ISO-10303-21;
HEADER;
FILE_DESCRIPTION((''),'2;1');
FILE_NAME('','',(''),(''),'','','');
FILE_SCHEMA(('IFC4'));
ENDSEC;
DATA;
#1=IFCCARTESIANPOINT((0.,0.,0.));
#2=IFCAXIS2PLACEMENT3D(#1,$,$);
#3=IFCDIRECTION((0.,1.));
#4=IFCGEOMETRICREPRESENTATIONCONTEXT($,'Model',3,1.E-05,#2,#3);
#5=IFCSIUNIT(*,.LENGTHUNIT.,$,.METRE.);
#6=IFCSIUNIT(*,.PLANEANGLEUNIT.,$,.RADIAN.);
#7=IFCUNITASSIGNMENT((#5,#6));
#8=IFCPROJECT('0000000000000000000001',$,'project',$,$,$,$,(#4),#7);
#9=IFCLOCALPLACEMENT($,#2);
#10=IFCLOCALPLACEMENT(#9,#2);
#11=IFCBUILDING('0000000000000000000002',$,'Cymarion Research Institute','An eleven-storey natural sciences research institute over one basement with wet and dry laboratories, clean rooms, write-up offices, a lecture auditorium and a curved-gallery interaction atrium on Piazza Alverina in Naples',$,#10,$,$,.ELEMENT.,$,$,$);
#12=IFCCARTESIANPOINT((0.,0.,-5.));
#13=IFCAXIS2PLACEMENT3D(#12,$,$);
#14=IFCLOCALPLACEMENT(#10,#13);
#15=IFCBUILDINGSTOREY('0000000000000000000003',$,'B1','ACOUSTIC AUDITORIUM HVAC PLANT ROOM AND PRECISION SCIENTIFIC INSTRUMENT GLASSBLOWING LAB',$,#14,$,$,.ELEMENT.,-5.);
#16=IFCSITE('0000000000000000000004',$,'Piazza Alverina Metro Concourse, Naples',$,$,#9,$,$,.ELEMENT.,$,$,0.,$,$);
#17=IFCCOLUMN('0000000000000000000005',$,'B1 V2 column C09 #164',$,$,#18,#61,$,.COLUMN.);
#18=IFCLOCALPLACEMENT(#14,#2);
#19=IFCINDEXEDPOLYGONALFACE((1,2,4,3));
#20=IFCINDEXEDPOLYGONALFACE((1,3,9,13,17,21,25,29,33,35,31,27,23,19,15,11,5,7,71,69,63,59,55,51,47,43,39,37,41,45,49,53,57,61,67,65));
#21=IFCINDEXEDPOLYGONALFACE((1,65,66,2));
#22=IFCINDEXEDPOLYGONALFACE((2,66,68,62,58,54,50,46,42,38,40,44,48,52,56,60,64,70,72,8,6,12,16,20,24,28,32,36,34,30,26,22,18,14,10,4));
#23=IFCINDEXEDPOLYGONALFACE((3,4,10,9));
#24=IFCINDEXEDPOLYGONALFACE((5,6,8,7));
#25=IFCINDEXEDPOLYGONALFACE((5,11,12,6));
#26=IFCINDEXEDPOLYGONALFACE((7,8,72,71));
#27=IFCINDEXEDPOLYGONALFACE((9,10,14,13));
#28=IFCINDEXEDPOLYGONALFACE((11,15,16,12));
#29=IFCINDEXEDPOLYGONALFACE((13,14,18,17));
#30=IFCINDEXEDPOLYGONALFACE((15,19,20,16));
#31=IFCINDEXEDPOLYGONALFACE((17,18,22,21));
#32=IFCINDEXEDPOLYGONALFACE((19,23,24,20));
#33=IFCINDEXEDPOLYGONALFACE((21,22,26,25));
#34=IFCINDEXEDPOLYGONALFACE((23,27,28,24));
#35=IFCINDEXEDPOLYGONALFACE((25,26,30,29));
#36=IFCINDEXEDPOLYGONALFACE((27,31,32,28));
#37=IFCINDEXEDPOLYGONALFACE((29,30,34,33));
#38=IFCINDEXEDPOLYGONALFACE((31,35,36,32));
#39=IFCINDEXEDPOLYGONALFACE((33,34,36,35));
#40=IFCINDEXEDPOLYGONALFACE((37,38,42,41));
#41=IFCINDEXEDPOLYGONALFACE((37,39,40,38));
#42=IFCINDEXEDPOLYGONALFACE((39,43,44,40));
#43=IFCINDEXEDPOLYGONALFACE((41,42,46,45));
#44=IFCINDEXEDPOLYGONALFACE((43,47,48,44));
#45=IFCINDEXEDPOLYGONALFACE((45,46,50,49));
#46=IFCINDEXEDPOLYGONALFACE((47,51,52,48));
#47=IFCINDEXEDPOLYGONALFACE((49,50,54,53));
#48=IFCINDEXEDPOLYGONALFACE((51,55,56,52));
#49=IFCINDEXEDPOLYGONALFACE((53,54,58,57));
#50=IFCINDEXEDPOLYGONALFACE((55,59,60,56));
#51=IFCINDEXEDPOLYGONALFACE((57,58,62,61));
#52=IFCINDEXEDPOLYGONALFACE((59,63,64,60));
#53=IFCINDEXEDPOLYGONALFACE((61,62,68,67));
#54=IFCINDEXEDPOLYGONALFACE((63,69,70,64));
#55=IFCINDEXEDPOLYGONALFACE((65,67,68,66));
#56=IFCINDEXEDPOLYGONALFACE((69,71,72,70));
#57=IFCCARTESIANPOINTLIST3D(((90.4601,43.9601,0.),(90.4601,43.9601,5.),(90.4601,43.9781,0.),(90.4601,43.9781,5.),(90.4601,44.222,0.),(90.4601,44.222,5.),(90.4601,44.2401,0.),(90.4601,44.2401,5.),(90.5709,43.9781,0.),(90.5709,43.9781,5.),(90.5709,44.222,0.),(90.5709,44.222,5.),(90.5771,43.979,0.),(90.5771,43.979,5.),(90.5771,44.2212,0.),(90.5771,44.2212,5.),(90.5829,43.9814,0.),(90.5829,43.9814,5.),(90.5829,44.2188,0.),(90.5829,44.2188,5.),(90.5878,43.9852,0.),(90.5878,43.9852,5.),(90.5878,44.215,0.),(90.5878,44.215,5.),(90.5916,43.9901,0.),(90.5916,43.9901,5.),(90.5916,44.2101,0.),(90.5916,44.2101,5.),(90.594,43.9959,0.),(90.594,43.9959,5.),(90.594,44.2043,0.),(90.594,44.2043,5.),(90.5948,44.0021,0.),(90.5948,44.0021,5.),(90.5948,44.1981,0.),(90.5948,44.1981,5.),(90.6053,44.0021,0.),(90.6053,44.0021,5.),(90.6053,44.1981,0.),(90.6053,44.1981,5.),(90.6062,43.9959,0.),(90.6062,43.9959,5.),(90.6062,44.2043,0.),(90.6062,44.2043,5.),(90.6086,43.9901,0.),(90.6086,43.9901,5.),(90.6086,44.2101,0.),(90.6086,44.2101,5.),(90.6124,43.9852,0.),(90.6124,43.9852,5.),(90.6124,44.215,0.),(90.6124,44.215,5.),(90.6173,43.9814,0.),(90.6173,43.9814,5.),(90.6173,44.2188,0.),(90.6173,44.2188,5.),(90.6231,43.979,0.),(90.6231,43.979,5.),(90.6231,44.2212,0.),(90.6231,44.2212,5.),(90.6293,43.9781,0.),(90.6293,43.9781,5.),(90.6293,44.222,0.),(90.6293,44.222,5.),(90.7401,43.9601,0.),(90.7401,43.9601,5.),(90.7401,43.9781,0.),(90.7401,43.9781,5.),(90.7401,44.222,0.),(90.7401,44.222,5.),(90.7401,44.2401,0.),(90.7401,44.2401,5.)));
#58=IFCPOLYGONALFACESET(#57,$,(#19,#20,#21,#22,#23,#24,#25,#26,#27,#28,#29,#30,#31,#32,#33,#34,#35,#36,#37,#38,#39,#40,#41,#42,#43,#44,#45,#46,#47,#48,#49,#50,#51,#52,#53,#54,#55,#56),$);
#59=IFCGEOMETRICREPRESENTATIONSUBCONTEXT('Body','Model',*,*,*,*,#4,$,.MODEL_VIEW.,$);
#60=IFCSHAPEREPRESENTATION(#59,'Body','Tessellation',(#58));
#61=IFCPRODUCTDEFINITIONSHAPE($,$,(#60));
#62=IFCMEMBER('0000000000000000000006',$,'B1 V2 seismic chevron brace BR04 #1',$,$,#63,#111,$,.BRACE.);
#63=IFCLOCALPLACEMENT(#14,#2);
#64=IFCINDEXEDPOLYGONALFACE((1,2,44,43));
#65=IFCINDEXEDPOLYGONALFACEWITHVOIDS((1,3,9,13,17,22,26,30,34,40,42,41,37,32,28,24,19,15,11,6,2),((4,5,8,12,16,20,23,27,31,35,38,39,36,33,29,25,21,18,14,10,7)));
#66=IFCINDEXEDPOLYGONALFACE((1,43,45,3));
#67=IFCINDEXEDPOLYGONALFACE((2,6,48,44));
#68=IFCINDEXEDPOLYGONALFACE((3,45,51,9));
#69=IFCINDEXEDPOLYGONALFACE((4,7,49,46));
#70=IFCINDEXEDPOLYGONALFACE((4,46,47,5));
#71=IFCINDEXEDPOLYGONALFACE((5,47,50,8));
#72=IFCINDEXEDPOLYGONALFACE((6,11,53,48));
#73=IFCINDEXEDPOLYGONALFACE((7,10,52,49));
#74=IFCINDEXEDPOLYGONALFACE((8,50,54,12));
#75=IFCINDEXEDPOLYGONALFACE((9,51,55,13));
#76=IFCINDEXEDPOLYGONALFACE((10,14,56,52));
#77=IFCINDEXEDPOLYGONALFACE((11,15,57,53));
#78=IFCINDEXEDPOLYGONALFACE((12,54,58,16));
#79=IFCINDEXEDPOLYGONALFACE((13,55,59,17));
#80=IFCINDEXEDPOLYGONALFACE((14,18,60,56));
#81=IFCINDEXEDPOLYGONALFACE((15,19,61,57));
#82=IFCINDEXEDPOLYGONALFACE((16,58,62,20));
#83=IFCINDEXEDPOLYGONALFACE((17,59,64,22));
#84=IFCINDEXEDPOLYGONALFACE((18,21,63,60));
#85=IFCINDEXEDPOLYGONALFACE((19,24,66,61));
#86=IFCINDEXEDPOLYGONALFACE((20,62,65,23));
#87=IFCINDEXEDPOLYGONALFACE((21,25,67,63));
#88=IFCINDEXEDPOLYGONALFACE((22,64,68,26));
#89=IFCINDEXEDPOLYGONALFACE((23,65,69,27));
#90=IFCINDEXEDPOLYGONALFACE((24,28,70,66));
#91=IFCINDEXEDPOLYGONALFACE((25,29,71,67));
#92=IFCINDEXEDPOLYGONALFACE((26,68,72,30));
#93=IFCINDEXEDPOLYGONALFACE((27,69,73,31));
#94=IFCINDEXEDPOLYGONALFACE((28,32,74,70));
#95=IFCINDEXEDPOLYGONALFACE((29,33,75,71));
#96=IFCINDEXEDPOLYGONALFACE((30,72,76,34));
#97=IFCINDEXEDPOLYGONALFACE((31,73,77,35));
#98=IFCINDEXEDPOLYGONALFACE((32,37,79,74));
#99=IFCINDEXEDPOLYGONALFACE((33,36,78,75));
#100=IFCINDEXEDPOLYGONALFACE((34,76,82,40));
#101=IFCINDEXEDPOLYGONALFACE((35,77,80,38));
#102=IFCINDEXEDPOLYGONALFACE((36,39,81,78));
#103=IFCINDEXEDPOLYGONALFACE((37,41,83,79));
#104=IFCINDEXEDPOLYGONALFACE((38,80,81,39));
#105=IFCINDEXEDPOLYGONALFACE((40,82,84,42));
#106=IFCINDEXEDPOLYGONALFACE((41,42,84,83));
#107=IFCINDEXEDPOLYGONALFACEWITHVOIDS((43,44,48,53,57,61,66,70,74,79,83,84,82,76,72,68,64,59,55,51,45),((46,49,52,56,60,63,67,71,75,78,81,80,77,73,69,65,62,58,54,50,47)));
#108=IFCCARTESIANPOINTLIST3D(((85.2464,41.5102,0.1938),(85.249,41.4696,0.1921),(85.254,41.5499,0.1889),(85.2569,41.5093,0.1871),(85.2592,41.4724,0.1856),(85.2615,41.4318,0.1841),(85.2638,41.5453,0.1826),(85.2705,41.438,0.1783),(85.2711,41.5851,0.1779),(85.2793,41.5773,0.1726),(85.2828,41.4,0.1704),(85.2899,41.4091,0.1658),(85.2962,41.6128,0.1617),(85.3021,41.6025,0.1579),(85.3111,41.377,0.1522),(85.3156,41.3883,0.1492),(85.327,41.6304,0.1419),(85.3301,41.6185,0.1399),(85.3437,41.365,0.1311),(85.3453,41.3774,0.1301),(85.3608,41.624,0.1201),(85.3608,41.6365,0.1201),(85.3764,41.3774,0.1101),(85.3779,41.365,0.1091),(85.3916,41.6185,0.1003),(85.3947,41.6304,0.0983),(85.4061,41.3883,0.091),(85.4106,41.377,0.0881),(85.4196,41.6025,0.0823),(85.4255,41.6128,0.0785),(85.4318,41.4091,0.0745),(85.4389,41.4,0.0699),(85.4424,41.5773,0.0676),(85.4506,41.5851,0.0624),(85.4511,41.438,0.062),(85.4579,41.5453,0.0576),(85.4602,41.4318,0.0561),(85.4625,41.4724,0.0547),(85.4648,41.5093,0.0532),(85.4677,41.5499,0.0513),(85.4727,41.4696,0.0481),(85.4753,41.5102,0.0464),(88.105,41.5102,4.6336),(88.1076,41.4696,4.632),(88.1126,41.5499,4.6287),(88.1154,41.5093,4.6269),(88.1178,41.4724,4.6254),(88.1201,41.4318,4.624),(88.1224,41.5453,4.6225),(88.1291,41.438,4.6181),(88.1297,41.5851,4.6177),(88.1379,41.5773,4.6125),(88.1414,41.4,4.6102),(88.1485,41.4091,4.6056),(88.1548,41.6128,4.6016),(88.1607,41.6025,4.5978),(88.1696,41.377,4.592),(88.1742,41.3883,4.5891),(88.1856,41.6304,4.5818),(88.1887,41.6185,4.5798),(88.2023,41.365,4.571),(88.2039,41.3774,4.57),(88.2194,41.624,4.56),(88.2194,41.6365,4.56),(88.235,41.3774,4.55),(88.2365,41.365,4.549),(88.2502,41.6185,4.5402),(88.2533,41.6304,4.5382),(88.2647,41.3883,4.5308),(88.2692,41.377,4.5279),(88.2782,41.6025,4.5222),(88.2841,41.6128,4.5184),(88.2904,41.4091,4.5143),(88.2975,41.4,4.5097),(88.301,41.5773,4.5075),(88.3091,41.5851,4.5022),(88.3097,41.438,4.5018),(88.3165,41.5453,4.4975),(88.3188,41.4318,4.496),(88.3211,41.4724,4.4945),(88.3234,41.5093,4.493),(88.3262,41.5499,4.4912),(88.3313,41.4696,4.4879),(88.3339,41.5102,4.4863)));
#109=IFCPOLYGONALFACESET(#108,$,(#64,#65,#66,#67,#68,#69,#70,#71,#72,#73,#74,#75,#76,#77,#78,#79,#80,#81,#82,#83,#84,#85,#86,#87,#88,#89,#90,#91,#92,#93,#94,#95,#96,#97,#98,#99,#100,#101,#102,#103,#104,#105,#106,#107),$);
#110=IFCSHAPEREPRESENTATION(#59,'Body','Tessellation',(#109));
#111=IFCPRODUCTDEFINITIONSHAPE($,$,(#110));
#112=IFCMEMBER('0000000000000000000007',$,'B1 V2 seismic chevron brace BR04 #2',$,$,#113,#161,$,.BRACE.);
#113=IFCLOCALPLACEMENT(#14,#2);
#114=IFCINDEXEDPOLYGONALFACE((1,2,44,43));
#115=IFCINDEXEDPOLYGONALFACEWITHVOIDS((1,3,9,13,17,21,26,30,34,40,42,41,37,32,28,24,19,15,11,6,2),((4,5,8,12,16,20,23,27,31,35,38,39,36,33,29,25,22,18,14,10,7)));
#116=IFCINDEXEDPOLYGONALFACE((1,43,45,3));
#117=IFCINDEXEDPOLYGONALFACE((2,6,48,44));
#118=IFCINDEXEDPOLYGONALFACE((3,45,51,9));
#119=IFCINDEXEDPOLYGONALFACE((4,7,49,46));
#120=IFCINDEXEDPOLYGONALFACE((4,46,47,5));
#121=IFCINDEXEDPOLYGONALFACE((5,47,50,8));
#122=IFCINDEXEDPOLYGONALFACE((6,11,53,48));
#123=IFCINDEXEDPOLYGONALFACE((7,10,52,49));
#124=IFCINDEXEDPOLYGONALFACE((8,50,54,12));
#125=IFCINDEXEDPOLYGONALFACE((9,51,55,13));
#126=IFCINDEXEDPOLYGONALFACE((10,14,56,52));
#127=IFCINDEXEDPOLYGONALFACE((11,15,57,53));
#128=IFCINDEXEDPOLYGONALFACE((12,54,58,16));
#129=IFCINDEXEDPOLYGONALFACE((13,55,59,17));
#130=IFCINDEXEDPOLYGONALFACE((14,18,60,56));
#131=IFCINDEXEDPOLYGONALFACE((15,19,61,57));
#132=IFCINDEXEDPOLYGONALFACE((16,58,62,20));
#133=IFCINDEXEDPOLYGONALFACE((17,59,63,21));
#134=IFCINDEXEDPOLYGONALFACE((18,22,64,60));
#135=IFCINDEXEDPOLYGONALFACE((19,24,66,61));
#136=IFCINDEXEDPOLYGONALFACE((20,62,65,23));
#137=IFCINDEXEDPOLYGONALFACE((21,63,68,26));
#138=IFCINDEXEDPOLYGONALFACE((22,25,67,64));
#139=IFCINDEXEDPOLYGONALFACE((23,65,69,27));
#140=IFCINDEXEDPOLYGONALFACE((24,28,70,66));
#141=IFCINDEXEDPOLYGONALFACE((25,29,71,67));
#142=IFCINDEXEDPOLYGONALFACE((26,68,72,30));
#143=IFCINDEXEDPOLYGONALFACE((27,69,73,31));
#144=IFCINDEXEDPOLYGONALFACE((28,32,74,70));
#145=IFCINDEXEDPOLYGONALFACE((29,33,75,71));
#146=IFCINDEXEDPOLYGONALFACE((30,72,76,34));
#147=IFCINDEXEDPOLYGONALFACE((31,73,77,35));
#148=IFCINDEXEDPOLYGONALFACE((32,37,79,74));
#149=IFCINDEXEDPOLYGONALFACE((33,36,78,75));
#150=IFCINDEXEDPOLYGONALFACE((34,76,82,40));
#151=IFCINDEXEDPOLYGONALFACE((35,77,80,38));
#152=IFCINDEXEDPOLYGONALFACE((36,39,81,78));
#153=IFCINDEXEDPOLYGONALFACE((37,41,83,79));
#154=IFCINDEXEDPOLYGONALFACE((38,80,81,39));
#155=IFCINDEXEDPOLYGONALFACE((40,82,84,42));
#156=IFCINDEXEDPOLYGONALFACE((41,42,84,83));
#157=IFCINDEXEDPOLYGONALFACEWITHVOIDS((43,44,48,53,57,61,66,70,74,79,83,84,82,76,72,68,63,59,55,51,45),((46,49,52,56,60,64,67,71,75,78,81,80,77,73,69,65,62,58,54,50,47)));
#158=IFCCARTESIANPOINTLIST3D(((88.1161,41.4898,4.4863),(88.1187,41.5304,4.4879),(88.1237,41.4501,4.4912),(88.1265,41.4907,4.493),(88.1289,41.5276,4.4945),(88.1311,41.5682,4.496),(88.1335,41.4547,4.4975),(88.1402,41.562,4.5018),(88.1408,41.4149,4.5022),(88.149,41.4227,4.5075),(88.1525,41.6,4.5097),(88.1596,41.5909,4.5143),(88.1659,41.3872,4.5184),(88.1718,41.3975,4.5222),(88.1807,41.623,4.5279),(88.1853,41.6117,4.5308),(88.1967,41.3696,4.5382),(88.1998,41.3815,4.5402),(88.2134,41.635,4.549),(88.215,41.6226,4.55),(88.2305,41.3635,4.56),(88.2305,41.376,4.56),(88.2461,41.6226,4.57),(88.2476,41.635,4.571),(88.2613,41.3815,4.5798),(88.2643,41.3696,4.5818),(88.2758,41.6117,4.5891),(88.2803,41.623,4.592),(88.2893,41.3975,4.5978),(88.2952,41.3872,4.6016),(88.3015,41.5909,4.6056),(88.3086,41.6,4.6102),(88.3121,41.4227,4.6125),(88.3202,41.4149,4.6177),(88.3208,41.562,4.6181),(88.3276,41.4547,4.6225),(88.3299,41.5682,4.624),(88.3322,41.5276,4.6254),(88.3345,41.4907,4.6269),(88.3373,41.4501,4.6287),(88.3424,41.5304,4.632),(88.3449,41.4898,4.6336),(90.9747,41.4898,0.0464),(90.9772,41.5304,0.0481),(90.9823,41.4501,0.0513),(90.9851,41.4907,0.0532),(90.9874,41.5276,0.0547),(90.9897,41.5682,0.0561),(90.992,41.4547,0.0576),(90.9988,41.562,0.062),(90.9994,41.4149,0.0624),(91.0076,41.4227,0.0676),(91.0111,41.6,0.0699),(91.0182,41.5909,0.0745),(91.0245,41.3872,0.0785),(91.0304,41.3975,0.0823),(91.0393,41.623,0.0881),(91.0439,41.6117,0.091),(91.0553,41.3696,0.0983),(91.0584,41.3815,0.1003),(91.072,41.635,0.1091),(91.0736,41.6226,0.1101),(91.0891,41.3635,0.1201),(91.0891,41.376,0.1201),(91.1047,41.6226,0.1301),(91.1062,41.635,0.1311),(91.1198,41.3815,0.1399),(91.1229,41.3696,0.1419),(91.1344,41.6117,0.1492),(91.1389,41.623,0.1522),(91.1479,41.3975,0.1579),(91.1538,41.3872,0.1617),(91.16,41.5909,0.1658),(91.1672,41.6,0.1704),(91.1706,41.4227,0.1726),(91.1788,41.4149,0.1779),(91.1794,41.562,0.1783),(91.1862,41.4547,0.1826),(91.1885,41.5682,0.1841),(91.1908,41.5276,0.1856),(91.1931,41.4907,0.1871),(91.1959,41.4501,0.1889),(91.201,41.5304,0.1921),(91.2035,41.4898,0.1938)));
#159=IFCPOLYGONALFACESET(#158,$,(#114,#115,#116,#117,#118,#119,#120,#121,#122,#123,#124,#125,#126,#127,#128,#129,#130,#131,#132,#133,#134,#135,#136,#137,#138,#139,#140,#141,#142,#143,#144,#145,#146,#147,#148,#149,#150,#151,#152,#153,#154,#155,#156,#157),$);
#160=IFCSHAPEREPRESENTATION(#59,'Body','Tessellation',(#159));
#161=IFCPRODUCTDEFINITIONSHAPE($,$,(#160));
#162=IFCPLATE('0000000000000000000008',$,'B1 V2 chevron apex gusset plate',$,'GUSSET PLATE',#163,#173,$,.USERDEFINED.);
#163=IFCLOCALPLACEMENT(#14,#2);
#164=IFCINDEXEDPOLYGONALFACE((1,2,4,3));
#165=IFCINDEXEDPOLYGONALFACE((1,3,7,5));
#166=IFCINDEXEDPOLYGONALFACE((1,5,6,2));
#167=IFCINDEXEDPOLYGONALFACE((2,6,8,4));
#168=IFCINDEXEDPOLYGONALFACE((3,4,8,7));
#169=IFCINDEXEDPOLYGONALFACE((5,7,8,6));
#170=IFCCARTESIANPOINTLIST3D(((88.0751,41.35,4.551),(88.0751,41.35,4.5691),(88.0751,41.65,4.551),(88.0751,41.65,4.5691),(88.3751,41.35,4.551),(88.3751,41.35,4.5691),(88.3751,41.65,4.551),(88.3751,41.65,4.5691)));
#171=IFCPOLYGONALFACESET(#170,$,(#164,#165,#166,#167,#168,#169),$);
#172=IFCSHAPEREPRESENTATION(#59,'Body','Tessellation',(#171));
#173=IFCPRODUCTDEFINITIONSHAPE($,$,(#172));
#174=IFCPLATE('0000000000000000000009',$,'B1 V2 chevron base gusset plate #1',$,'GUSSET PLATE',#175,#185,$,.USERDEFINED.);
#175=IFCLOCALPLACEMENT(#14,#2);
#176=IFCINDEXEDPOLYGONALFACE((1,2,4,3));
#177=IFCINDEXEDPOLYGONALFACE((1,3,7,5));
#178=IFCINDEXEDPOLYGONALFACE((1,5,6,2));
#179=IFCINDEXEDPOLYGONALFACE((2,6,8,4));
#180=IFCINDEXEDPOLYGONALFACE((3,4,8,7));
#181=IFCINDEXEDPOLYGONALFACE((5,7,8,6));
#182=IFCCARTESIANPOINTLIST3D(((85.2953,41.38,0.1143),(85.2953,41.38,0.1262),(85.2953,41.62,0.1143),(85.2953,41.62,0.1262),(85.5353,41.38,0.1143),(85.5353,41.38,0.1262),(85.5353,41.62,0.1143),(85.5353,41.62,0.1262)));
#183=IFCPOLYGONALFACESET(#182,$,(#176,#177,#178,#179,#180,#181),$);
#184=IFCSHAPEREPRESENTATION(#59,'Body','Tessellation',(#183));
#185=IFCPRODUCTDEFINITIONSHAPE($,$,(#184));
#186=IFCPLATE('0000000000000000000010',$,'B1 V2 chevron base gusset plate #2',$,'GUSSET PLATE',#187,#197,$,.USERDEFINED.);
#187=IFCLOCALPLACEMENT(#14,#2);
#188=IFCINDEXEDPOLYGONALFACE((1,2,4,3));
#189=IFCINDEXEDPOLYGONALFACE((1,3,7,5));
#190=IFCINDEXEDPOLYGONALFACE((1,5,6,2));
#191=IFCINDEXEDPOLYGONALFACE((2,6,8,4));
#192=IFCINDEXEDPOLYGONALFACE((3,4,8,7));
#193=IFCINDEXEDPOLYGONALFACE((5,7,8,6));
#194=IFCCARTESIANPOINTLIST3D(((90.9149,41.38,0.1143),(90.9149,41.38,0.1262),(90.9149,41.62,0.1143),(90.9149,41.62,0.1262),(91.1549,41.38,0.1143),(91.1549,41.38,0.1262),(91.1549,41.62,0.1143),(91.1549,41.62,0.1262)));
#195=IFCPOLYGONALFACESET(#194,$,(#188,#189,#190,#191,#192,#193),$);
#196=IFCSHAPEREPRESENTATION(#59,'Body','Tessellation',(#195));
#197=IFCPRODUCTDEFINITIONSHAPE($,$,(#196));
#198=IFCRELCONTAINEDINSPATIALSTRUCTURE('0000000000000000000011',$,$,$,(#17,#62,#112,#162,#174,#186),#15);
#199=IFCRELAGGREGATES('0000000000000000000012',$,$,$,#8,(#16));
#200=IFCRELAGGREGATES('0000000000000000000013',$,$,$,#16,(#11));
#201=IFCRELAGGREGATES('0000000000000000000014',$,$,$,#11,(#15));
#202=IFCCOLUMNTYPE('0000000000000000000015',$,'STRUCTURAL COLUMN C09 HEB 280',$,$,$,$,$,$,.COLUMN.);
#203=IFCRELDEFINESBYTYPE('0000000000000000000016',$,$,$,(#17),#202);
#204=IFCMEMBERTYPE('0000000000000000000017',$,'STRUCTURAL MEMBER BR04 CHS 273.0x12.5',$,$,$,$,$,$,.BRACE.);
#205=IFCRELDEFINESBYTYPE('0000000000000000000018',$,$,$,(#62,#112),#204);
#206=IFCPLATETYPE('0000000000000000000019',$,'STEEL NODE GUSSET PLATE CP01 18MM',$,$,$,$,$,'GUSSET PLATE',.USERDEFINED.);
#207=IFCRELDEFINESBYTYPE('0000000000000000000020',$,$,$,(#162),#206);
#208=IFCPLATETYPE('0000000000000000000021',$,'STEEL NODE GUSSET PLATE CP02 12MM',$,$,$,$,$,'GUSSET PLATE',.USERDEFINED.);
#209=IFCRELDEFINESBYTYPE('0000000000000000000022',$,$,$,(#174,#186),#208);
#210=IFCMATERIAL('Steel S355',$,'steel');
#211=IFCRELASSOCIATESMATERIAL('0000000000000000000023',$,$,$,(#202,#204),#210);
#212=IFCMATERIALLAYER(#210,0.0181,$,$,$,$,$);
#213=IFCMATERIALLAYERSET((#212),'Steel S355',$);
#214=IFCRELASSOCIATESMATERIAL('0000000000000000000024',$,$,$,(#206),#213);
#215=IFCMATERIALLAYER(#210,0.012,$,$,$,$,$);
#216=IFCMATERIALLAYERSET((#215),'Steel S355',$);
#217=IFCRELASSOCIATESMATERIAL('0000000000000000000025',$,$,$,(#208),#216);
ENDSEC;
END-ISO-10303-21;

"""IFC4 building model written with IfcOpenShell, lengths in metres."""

from ifc_helpers import new_model, si_unit, direction, frame, origin, origin_2d, place, context, subcontext, project, spatial, rectangle, hollow_circle, i_section, extrude, material, layer, layer_set, material_profile, profile_set, type_object, element, save


model = new_model("IFC4")

# Units and contexts
model_context = context("Model", 3, precision=1e-05, world=origin(), true_north=direction((0.0, 1.0)))
body_context = subcontext(model_context, "Body", "Model", "MODEL_VIEW")
ifc_project = project(units=[si_unit("LENGTHUNIT", "METRE"), si_unit("PLANEANGLEUNIT", "RADIAN")], contexts=[model_context])

# Site, building, storey
site_placement = place(None, origin())
site = spatial("IfcSite", under=ifc_project, at=site_placement, Name="Piazza Alverina Metro Concourse, Naples", CompositionType="ELEMENT", RefElevation=0.0)
building_placement = place(site_placement, origin())
building = spatial("IfcBuilding", under=site, at=building_placement, Name="Cymarion Research Institute", Description="An eleven-storey natural sciences research institute over one basement with wet and dry laboratories, clean rooms, write-up offices, a lecture auditorium and a curved-gallery interaction atrium on Piazza Alverina in Naples", CompositionType="ELEMENT")
storey_placement = place(building_placement, frame((0.0, 0.0, -5.0)))
storey = spatial("IfcBuildingStorey", under=building, at=storey_placement, Name="B1", Description="ACOUSTIC AUDITORIUM HVAC PLANT ROOM AND PRECISION SCIENTIFIC INSTRUMENT GLASSBLOWING LAB", CompositionType="ELEMENT", Elevation=-5.0)

# Column
ifc_material_1 = material(Name="Steel S355", Category="steel")
ifc_material_profile_1 = material_profile(ifc_material_1, i_section(OverallWidth=0.28, OverallDepth=0.28, WebThickness=0.0105, FlangeThickness=0.0181, FilletRadius=0.0239, at=origin_2d()), Name="HEB 280")
ifc_profile_set_1 = profile_set([ifc_material_profile_1], Name="Steel S355")
column_type_1 = type_object("IfcColumnType", Name="STRUCTURAL COLUMN C09 HEB 280", PredefinedType="COLUMN", material=ifc_profile_set_1)
for number, where, z_axis, x_axis, name in (
    (1, (90.6001, 44.1001, 0.0), (0.0, 0.0, 1.0), (1.0, 0.0, 0.0), "B1 V2 column C09 #164"),
):
    element("IfcColumn", number, at=place(storey_placement, frame(where, z_axis=z_axis, x_axis=x_axis)), inside=storey, type_object=column_type_1, Name=name, PredefinedType="COLUMN", context=body_context, shape_type="SweptSolid", body=[
        extrude(i_section(OverallWidth=0.28, OverallDepth=0.28, WebThickness=0.0105, FlangeThickness=0.0181, FilletRadius=0.0239, at=origin_2d()), origin(), (0.0, 0.0, 1.0), 5.0),
    ])

# Members
ifc_material_profile_2 = material_profile(ifc_material_1, hollow_circle(Radius=0.1365, WallThickness=0.0125, at=origin_2d()), Name="CHS 273.0x12.5")
ifc_profile_set_2 = profile_set([ifc_material_profile_2], Name="Steel S355")
member_type = type_object("IfcMemberType", Name="STRUCTURAL MEMBER BR04 CHS 273.0x12.5", PredefinedType="BRACE", material=ifc_profile_set_2)
for number, where, z_axis, x_axis, name in (
    (2, (85.3608, 41.5, 0.1201), (0.541346, 0.0, 0.8408), (0.0, 1.0, 0.0), "B1 V2 seismic chevron brace BR04 #1"),
    (3, (91.0891, 41.5, 0.1201), (-0.541346, 0.0, 0.8408), (0.0, -1.0, 0.0), "B1 V2 seismic chevron brace BR04 #2"),
):
    element("IfcMember", number, at=place(storey_placement, frame(where, z_axis=z_axis, x_axis=x_axis)), inside=storey, type_object=member_type, Name=name, PredefinedType="BRACE", context=body_context, shape_type="SweptSolid", body=[
        extrude(hollow_circle(Radius=0.1365, WallThickness=0.0125, at=origin_2d()), origin(), (0.0, 0.0, 1.0), 5.2805),
    ])

# Plates
ifc_layer_1 = layer(ifc_material_1, 0.0181)
ifc_layer_set_1 = layer_set([ifc_layer_1], Name="Steel S355")
plate_type_1 = type_object("IfcPlateType", Name="STEEL NODE GUSSET PLATE CP01 18MM", ElementType="GUSSET PLATE", PredefinedType="USERDEFINED", material=ifc_layer_set_1)
plate_placement = place(storey_placement, frame((88.2251, 41.5, 4.551), z_axis=(0.0, 0.0, 1.0), x_axis=(1.0, 0.0, 0.0)))
element("IfcPlate", 4, at=plate_placement, inside=storey, type_object=plate_type_1, Name="B1 V2 chevron apex gusset plate", ObjectType="GUSSET PLATE", PredefinedType="USERDEFINED", context=body_context, shape_type="SweptSolid", body=[
    extrude(rectangle(XDim=0.3, YDim=0.3, at=origin_2d()), origin(), (0.0, 0.0, 1.0), 0.0181),
])
ifc_layer_2 = layer(ifc_material_1, 0.012)
ifc_layer_set_2 = layer_set([ifc_layer_2], Name="Steel S355")
plate_type_2 = type_object("IfcPlateType", Name="STEEL NODE GUSSET PLATE CP02 12MM", ElementType="GUSSET PLATE", PredefinedType="USERDEFINED", material=ifc_layer_set_2)
for number, where, z_axis, x_axis, name in (
    (5, (85.4153, 41.5, 0.1143), (0.0, 0.0, 1.0), (1.0, 0.0, 0.0), "B1 V2 chevron base gusset plate #1"),
    (6, (91.0349, 41.5, 0.1143), (0.0, 0.0, 1.0), (1.0, 0.0, 0.0), "B1 V2 chevron base gusset plate #2"),
):
    element("IfcPlate", number, at=place(storey_placement, frame(where, z_axis=z_axis, x_axis=x_axis)), inside=storey, type_object=plate_type_2, Name=name, ObjectType="GUSSET PLATE", PredefinedType="USERDEFINED", context=body_context, shape_type="SweptSolid", body=[
        extrude(rectangle(XDim=0.24, YDim=0.24, at=origin_2d()), origin(), (0.0, 0.0, 1.0), 0.012),
    ])

save(model, "model.ifc")
